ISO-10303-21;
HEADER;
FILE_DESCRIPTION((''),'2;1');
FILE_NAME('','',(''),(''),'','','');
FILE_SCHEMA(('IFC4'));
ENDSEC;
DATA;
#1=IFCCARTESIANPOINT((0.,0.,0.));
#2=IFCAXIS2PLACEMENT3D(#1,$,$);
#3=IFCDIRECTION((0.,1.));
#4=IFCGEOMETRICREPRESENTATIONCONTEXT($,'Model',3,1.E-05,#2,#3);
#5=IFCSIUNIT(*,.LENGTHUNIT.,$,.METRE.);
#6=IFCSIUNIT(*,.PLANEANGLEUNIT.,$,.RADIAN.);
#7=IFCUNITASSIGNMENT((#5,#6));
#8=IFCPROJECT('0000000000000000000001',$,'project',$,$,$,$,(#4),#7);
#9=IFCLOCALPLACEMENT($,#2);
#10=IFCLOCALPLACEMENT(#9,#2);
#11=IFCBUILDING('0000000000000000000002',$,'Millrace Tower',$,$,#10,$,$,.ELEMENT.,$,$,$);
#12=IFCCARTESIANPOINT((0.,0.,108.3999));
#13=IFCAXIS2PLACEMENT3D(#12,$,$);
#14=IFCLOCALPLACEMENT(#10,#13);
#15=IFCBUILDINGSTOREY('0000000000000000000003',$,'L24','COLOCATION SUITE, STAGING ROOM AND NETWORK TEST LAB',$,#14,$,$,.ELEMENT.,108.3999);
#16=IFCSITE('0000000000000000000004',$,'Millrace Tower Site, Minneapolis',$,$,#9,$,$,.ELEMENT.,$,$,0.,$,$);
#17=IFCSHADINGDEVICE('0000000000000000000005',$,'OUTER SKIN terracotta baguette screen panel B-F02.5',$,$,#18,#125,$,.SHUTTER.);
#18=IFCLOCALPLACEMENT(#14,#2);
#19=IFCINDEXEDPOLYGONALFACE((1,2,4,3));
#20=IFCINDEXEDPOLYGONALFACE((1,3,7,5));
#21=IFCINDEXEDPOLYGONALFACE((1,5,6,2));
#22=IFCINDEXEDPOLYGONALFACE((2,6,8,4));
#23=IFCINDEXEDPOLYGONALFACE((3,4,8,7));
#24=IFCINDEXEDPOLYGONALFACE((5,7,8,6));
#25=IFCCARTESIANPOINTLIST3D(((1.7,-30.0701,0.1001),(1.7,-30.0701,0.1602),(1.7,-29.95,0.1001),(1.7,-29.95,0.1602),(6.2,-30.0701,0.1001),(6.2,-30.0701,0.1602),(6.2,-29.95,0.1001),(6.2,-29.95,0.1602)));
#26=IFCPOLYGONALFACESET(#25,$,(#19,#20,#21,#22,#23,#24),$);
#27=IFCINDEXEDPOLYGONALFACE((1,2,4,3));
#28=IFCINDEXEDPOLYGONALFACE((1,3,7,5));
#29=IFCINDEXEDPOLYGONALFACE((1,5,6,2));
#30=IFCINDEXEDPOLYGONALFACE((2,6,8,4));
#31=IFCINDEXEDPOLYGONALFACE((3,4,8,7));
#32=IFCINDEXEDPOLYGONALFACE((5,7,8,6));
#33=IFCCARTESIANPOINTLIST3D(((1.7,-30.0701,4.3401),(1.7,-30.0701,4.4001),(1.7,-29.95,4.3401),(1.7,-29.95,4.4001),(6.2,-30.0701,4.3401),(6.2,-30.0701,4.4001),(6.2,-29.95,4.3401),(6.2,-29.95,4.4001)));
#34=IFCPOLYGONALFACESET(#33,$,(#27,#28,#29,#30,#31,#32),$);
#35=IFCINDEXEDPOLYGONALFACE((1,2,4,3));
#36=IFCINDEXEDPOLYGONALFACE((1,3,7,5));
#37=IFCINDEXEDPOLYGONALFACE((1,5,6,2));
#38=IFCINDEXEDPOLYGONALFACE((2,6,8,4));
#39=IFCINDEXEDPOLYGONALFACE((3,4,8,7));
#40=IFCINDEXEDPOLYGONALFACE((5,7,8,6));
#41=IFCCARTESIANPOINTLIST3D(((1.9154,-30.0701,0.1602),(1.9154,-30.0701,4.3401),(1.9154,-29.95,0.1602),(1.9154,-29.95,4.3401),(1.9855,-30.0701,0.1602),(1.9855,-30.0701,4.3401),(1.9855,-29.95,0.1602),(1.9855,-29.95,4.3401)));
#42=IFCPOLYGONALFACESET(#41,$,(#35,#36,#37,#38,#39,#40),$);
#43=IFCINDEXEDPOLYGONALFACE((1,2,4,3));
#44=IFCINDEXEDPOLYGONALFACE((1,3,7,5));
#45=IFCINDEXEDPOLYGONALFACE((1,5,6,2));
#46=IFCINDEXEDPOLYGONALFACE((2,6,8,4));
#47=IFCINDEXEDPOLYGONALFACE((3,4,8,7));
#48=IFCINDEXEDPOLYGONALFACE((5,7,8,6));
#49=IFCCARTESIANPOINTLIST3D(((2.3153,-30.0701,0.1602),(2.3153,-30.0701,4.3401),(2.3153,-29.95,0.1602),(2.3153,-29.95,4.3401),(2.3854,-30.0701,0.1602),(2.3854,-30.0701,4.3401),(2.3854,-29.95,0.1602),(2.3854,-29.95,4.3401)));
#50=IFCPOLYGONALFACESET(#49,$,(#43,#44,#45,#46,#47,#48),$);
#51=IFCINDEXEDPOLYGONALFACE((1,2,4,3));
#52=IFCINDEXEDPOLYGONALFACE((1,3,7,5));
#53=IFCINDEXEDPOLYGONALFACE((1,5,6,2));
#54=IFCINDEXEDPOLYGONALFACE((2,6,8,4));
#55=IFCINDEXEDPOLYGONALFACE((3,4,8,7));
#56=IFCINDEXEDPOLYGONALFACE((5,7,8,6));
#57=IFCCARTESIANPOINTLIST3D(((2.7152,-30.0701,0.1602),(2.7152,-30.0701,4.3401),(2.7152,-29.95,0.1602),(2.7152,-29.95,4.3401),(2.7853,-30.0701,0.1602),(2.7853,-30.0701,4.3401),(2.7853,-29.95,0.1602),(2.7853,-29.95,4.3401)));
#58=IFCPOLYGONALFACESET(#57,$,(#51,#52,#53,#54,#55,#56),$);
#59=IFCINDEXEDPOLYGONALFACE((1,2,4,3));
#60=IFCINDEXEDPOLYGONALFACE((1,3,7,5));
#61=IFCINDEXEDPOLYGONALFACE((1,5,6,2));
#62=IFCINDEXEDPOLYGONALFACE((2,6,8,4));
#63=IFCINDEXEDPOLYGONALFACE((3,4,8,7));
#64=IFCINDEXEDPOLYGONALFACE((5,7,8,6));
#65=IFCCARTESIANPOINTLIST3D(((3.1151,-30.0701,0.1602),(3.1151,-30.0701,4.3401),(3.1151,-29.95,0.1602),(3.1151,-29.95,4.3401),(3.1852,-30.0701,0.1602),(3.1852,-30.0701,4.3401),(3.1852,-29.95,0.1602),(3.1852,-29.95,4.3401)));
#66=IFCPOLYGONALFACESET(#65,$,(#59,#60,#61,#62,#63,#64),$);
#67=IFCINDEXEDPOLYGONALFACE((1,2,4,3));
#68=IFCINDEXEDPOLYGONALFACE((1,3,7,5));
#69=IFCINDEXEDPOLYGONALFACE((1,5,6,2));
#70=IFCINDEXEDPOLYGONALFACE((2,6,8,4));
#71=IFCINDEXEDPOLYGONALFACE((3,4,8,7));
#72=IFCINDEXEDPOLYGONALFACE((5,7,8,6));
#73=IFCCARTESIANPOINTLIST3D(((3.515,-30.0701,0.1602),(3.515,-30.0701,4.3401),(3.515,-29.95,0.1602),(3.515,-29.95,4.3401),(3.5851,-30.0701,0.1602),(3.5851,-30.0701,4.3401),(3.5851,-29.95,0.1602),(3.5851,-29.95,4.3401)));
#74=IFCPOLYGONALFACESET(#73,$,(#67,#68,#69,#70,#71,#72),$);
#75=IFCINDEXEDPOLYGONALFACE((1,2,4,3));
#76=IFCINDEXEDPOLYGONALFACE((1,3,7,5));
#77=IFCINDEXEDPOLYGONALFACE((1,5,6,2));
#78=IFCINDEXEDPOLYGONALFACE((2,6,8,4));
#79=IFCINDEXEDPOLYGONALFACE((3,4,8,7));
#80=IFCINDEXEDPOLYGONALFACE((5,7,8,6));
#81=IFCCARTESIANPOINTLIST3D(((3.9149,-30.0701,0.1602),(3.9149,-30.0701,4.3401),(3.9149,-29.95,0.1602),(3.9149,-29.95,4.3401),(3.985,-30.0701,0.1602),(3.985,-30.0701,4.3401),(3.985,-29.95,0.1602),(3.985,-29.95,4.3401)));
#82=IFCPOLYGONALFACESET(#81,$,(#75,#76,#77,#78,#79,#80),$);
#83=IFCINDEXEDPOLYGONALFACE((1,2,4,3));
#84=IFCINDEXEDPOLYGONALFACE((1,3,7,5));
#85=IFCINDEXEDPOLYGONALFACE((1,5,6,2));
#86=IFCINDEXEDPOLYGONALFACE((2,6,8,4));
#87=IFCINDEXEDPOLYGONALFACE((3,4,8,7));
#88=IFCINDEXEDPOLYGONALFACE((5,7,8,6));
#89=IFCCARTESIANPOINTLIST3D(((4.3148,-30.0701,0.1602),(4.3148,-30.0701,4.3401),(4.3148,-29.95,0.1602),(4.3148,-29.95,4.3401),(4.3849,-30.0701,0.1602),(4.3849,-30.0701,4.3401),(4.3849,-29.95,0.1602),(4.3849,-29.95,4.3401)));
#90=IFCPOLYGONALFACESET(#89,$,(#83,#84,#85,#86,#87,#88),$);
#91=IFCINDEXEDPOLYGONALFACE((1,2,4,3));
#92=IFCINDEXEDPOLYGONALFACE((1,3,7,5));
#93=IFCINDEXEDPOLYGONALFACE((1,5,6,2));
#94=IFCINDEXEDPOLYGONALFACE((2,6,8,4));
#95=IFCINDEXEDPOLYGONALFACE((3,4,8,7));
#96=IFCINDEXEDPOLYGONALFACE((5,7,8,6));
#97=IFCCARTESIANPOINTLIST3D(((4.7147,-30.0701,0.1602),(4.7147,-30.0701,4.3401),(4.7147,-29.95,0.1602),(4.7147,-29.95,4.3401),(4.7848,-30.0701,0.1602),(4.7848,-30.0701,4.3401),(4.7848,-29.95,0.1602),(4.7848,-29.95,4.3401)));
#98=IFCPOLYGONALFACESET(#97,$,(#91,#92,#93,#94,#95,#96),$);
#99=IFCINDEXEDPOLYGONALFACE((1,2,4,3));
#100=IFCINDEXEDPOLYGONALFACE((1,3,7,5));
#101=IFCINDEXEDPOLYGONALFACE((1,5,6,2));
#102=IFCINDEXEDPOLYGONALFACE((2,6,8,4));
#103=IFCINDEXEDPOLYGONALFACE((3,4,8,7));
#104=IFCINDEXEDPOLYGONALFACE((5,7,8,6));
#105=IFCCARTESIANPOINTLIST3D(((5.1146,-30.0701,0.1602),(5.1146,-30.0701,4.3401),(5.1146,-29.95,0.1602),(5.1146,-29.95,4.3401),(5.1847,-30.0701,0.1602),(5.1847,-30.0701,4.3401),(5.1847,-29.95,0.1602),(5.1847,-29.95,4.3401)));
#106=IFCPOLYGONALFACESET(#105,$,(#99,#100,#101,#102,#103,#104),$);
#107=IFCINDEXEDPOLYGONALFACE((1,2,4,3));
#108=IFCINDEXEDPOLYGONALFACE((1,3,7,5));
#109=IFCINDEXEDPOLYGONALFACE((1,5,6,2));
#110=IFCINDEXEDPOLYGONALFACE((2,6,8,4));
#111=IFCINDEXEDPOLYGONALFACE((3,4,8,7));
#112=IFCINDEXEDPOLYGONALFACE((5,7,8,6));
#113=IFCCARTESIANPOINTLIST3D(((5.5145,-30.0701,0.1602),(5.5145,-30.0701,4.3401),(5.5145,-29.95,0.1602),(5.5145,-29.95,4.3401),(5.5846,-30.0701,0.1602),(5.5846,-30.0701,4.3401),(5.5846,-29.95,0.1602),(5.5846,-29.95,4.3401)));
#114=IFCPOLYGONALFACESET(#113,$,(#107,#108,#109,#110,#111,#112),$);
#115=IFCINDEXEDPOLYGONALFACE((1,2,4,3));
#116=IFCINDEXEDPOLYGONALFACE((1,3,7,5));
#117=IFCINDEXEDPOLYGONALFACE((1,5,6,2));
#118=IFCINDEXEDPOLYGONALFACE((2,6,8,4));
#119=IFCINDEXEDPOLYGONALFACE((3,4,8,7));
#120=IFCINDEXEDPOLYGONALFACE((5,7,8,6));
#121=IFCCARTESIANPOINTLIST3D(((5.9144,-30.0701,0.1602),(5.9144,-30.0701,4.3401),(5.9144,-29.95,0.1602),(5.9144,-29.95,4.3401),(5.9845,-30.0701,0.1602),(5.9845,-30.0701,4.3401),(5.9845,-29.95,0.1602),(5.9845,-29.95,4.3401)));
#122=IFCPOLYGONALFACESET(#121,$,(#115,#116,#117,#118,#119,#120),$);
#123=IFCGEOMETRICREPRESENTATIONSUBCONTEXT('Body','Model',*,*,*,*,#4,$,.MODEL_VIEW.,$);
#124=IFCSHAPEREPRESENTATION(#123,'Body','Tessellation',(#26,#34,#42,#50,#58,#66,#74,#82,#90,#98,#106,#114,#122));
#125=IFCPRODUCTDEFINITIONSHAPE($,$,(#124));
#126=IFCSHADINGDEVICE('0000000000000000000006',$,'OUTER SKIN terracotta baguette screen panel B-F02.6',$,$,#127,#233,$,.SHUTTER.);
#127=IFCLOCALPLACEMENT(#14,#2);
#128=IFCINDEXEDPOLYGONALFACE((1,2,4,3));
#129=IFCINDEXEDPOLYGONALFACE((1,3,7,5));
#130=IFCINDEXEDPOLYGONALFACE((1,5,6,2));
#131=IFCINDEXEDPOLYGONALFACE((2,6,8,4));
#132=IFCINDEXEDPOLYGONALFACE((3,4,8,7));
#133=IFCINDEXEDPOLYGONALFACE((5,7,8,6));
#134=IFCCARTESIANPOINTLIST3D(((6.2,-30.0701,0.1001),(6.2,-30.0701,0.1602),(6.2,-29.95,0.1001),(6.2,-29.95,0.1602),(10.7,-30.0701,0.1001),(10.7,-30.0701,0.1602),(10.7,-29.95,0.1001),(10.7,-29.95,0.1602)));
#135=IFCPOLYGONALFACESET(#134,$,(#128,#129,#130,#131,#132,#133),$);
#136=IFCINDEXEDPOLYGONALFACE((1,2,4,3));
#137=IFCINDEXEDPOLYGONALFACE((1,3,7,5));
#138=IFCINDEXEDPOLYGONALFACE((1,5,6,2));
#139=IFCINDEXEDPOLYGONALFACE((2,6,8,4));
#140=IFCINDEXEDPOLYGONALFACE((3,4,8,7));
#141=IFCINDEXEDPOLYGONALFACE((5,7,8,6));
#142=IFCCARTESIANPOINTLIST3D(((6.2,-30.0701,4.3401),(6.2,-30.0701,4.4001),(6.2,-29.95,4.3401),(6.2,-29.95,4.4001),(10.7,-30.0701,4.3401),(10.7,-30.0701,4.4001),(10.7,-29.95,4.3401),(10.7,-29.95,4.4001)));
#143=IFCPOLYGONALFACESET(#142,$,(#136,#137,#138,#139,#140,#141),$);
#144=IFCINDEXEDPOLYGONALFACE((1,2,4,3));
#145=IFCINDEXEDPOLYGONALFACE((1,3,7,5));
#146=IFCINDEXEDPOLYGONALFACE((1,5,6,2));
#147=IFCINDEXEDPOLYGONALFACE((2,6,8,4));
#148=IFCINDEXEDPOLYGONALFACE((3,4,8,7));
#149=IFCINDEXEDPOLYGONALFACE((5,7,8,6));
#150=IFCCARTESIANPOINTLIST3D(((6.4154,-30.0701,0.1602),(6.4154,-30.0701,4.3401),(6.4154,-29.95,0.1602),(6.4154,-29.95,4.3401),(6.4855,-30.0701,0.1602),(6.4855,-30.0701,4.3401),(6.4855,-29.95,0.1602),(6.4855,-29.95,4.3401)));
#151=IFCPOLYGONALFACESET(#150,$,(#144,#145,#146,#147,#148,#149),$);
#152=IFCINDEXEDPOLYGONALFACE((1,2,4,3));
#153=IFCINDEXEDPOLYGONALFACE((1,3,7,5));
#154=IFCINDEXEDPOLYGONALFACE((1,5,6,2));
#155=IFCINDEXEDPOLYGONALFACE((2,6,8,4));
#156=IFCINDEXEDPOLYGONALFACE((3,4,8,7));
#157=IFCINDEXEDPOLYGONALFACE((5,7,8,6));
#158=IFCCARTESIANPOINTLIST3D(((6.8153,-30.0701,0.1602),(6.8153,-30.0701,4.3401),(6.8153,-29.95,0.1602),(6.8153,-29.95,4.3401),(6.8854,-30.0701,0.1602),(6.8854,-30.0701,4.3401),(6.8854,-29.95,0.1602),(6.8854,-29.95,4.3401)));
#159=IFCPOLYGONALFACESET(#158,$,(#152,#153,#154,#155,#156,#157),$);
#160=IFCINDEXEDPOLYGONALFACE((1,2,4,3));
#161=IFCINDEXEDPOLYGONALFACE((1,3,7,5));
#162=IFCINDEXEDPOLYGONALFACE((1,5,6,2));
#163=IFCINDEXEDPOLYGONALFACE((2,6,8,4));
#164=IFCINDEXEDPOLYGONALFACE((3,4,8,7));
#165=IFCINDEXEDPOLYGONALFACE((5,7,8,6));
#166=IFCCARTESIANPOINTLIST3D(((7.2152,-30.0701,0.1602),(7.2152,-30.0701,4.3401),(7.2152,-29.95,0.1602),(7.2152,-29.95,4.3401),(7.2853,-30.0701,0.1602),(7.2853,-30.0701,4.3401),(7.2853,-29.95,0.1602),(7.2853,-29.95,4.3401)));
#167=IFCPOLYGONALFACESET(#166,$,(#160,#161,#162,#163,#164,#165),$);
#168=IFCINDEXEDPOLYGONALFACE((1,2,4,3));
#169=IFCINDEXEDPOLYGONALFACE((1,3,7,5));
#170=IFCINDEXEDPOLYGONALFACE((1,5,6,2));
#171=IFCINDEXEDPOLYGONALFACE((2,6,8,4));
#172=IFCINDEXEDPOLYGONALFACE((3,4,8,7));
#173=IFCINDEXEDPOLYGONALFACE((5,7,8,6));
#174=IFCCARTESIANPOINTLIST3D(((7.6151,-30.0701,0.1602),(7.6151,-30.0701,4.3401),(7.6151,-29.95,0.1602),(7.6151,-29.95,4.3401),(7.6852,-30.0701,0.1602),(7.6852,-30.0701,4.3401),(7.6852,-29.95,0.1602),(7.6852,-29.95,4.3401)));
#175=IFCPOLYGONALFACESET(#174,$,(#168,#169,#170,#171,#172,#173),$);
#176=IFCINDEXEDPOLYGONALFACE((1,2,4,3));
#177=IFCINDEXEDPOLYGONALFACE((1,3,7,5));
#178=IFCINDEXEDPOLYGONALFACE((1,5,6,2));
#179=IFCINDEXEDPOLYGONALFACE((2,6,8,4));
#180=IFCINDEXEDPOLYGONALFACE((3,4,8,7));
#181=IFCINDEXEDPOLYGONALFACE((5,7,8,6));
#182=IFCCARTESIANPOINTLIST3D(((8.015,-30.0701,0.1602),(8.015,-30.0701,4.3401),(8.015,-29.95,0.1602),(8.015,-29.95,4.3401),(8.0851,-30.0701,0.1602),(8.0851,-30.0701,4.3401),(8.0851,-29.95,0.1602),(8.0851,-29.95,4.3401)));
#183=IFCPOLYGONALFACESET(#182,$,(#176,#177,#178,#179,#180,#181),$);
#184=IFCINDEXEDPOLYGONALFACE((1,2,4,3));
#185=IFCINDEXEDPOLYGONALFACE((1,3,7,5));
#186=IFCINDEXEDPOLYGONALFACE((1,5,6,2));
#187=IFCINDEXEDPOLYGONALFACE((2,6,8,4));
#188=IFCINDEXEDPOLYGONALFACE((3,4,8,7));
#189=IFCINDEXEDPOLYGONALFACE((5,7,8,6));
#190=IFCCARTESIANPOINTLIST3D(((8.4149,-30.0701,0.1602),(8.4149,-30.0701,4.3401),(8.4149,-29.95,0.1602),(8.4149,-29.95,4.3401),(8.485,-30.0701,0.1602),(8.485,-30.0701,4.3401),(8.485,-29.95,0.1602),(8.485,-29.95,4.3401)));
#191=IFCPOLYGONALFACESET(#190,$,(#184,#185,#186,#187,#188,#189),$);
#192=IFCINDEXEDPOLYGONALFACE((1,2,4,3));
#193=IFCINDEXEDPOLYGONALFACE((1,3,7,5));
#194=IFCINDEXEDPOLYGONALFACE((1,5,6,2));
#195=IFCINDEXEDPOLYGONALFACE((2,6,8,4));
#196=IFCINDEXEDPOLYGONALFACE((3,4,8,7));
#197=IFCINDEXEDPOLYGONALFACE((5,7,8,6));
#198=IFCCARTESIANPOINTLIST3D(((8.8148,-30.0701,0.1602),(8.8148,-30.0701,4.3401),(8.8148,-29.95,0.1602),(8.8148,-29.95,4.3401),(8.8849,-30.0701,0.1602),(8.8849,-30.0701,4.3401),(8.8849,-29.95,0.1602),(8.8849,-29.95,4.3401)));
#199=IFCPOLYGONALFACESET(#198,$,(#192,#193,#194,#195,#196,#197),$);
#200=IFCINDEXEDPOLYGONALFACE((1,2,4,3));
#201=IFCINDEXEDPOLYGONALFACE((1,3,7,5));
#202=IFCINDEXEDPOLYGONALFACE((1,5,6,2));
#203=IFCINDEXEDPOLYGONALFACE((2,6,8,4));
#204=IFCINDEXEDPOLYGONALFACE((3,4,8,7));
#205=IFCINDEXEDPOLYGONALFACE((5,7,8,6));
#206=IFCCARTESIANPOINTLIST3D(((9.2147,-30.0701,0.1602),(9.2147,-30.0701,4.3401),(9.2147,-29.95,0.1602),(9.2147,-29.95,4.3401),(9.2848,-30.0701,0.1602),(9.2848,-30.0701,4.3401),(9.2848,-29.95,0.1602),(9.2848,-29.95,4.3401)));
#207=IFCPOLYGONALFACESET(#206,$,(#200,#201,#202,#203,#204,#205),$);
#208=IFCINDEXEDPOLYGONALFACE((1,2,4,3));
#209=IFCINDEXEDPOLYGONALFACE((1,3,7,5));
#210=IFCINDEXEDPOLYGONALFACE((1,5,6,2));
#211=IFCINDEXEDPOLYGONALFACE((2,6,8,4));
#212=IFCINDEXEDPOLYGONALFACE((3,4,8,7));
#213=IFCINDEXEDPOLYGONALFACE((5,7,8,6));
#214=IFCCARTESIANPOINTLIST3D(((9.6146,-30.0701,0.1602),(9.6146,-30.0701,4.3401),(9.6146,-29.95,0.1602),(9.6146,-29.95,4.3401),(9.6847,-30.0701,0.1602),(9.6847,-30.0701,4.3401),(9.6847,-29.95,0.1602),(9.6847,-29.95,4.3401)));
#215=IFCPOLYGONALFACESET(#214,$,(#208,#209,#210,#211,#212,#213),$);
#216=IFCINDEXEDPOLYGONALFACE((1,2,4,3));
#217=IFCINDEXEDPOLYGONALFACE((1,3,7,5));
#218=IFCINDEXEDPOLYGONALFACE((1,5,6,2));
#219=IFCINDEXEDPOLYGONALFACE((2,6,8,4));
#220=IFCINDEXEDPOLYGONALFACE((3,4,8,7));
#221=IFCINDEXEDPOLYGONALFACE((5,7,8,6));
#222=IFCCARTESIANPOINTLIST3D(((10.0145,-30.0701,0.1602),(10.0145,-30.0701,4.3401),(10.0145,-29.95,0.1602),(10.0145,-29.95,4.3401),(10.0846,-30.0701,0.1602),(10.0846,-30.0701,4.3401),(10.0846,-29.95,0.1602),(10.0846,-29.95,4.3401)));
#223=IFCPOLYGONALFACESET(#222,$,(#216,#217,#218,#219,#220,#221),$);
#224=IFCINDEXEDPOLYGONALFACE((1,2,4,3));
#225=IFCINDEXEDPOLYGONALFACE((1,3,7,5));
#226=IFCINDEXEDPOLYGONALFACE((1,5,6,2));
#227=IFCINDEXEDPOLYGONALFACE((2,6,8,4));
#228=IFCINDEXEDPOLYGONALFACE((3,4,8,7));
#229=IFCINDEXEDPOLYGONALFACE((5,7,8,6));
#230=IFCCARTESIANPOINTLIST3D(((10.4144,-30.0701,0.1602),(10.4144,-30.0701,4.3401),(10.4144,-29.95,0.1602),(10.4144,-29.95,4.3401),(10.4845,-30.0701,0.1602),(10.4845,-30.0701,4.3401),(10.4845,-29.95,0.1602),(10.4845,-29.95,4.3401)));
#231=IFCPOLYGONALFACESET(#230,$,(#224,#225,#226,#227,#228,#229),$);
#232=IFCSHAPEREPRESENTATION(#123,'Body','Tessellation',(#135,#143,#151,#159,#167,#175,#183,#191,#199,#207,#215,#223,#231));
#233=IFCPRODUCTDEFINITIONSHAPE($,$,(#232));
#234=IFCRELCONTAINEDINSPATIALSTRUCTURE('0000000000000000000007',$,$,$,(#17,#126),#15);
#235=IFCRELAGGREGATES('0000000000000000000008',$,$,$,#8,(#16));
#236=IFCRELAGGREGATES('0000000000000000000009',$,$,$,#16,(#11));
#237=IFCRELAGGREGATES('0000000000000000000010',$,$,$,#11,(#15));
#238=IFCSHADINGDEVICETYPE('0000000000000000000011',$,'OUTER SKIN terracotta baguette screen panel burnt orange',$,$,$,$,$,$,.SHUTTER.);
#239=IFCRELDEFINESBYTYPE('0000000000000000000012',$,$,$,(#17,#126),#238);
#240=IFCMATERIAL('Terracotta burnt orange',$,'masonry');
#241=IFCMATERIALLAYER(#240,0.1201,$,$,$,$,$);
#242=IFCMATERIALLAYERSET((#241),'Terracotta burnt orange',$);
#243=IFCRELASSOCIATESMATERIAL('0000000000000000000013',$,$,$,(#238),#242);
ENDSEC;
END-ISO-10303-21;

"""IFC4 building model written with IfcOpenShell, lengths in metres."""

from ifc_helpers import new_model, entity, si_unit, direction, frame, frame_2d, origin, origin_2d, place, context, subcontext, project, spatial, rectangle, extrude, source, transform, mapped, material, layer, layer_set, type_object, element, save


model = new_model("IFC4")

# Units and contexts
model_context = context("Model", 3, precision=1e-05, world=origin(), true_north=direction((0.0, 1.0)))
body_context = subcontext(model_context, "Body", "Model", "MODEL_VIEW")
ifc_project = project(units=[si_unit("LENGTHUNIT", "METRE"), si_unit("PLANEANGLEUNIT", "RADIAN")], contexts=[model_context])

# Site, building, storey
site_placement = place(None, origin())
site = spatial("IfcSite", under=ifc_project, at=site_placement, Name="Millrace Tower Site, Minneapolis", CompositionType="ELEMENT", RefElevation=0.0)
building_placement = place(site_placement, origin())
building = spatial("IfcBuilding", under=site, at=building_placement, Name="Millrace Tower", CompositionType="ELEMENT")
storey_placement = place(building_placement, frame((0.0, 0.0, 108.3999)))
storey = spatial("IfcBuildingStorey", under=building, at=storey_placement, Name="L24", Description="COLOCATION SUITE, STAGING ROOM AND NETWORK TEST LAB", CompositionType="ELEMENT", Elevation=108.3999)

# Shading devices
ifc_material_1 = material(Name="Terracotta burnt orange", Category="masonry")
ifc_layer_1 = layer(ifc_material_1, 0.1201)
ifc_layer_set_1 = layer_set([ifc_layer_1], Name="Terracotta burnt orange")
shading_device_type = type_object("IfcShadingDeviceType", Name="OUTER SKIN terracotta baguette screen panel burnt orange", PredefinedType="SHUTTER", material=ifc_layer_set_1)
cartesian_point = entity("IfcCartesianPoint", [-2.25, 0.0601])
shared_polyline = entity("IfcPolyline", [cartesian_point, entity("IfcCartesianPoint", [2.25, 0.0601]), entity("IfcCartesianPoint", [2.25, -0.0601]), entity("IfcCartesianPoint", [-2.25, -0.0601]), cartesian_point])
shared_shape = source(origin(), body_context, "Body", "SweptSolid", [
    entity("IfcExtrudedAreaSolid", entity("IfcArbitraryClosedProfileDef", "AREA", None, shared_polyline), entity("IfcAxis2Placement3D", entity("IfcCartesianPoint", [0.0, 0.0, 0.0])), entity("IfcDirection", [0.0, 0.0, 1.0]), 0.0601),
    entity("IfcExtrudedAreaSolid", entity("IfcArbitraryClosedProfileDef", "AREA", None, shared_polyline), entity("IfcAxis2Placement3D", entity("IfcCartesianPoint", [0.0, 0.0, 4.24])), entity("IfcDirection", [0.0, 0.0, 1.0]), 0.0601),
    extrude(rectangle(XDim=0.0701, YDim=0.1201, at=frame_2d((-1.9995, 0.0))), frame((0.0, 0.0, 0.0601)), (0.0, 0.0, 1.0), 4.1799),
    extrude(rectangle(XDim=0.0701, YDim=0.1201, at=frame_2d((-1.5996, 0.0))), frame((0.0, 0.0, 0.0601)), (0.0, 0.0, 1.0), 4.1799),
    extrude(rectangle(XDim=0.0701, YDim=0.1201, at=frame_2d((-1.1997, 0.0))), frame((0.0, 0.0, 0.0601)), (0.0, 0.0, 1.0), 4.1799),
    extrude(rectangle(XDim=0.0701, YDim=0.1201, at=frame_2d((-0.7998, 0.0))), frame((0.0, 0.0, 0.0601)), (0.0, 0.0, 1.0), 4.1799),
    extrude(rectangle(XDim=0.0701, YDim=0.1201, at=frame_2d((-0.3999, 0.0))), frame((0.0, 0.0, 0.0601)), (0.0, 0.0, 1.0), 4.1799),
    extrude(rectangle(XDim=0.0701, YDim=0.1201, at=origin_2d()), frame((0.0, 0.0, 0.0601)), (0.0, 0.0, 1.0), 4.1799),
    extrude(rectangle(XDim=0.0701, YDim=0.1201, at=frame_2d((0.3999, 0.0))), frame((0.0, 0.0, 0.0601)), (0.0, 0.0, 1.0), 4.1799),
    extrude(rectangle(XDim=0.0701, YDim=0.1201, at=frame_2d((0.7998, 0.0))), frame((0.0, 0.0, 0.0601)), (0.0, 0.0, 1.0), 4.1799),
    extrude(rectangle(XDim=0.0701, YDim=0.1201, at=frame_2d((1.1997, 0.0))), frame((0.0, 0.0, 0.0601)), (0.0, 0.0, 1.0), 4.1799),
    extrude(rectangle(XDim=0.0701, YDim=0.1201, at=frame_2d((1.5996, 0.0))), frame((0.0, 0.0, 0.0601)), (0.0, 0.0, 1.0), 4.1799),
    extrude(rectangle(XDim=0.0701, YDim=0.1201, at=frame_2d((1.9995, 0.0))), frame((0.0, 0.0, 0.0601)), (0.0, 0.0, 1.0), 4.1799),
])
for number, where, z_axis, x_axis, name in (
    (1, (3.95, -30.01, 0.1001), (0.0, 0.0, 1.0), (1.0, 0.0, 0.0), "OUTER SKIN terracotta baguette screen panel B-F02.5"),
    (2, (8.45, -30.01, 0.1001), (0.0, 0.0, 1.0), (1.0, 0.0, 0.0), "OUTER SKIN terracotta baguette screen panel B-F02.6"),
):
    element("IfcShadingDevice", number, at=place(storey_placement, frame(where, z_axis=z_axis, x_axis=x_axis)), inside=storey, type_object=shading_device_type, Name=name, PredefinedType="SHUTTER", context=body_context, shape_type="MappedRepresentation", body=[
        mapped(shared_shape, transform((0.0, 0.0, 0.0), scale=1.0)),
    ])

save(model, "model.ifc")
